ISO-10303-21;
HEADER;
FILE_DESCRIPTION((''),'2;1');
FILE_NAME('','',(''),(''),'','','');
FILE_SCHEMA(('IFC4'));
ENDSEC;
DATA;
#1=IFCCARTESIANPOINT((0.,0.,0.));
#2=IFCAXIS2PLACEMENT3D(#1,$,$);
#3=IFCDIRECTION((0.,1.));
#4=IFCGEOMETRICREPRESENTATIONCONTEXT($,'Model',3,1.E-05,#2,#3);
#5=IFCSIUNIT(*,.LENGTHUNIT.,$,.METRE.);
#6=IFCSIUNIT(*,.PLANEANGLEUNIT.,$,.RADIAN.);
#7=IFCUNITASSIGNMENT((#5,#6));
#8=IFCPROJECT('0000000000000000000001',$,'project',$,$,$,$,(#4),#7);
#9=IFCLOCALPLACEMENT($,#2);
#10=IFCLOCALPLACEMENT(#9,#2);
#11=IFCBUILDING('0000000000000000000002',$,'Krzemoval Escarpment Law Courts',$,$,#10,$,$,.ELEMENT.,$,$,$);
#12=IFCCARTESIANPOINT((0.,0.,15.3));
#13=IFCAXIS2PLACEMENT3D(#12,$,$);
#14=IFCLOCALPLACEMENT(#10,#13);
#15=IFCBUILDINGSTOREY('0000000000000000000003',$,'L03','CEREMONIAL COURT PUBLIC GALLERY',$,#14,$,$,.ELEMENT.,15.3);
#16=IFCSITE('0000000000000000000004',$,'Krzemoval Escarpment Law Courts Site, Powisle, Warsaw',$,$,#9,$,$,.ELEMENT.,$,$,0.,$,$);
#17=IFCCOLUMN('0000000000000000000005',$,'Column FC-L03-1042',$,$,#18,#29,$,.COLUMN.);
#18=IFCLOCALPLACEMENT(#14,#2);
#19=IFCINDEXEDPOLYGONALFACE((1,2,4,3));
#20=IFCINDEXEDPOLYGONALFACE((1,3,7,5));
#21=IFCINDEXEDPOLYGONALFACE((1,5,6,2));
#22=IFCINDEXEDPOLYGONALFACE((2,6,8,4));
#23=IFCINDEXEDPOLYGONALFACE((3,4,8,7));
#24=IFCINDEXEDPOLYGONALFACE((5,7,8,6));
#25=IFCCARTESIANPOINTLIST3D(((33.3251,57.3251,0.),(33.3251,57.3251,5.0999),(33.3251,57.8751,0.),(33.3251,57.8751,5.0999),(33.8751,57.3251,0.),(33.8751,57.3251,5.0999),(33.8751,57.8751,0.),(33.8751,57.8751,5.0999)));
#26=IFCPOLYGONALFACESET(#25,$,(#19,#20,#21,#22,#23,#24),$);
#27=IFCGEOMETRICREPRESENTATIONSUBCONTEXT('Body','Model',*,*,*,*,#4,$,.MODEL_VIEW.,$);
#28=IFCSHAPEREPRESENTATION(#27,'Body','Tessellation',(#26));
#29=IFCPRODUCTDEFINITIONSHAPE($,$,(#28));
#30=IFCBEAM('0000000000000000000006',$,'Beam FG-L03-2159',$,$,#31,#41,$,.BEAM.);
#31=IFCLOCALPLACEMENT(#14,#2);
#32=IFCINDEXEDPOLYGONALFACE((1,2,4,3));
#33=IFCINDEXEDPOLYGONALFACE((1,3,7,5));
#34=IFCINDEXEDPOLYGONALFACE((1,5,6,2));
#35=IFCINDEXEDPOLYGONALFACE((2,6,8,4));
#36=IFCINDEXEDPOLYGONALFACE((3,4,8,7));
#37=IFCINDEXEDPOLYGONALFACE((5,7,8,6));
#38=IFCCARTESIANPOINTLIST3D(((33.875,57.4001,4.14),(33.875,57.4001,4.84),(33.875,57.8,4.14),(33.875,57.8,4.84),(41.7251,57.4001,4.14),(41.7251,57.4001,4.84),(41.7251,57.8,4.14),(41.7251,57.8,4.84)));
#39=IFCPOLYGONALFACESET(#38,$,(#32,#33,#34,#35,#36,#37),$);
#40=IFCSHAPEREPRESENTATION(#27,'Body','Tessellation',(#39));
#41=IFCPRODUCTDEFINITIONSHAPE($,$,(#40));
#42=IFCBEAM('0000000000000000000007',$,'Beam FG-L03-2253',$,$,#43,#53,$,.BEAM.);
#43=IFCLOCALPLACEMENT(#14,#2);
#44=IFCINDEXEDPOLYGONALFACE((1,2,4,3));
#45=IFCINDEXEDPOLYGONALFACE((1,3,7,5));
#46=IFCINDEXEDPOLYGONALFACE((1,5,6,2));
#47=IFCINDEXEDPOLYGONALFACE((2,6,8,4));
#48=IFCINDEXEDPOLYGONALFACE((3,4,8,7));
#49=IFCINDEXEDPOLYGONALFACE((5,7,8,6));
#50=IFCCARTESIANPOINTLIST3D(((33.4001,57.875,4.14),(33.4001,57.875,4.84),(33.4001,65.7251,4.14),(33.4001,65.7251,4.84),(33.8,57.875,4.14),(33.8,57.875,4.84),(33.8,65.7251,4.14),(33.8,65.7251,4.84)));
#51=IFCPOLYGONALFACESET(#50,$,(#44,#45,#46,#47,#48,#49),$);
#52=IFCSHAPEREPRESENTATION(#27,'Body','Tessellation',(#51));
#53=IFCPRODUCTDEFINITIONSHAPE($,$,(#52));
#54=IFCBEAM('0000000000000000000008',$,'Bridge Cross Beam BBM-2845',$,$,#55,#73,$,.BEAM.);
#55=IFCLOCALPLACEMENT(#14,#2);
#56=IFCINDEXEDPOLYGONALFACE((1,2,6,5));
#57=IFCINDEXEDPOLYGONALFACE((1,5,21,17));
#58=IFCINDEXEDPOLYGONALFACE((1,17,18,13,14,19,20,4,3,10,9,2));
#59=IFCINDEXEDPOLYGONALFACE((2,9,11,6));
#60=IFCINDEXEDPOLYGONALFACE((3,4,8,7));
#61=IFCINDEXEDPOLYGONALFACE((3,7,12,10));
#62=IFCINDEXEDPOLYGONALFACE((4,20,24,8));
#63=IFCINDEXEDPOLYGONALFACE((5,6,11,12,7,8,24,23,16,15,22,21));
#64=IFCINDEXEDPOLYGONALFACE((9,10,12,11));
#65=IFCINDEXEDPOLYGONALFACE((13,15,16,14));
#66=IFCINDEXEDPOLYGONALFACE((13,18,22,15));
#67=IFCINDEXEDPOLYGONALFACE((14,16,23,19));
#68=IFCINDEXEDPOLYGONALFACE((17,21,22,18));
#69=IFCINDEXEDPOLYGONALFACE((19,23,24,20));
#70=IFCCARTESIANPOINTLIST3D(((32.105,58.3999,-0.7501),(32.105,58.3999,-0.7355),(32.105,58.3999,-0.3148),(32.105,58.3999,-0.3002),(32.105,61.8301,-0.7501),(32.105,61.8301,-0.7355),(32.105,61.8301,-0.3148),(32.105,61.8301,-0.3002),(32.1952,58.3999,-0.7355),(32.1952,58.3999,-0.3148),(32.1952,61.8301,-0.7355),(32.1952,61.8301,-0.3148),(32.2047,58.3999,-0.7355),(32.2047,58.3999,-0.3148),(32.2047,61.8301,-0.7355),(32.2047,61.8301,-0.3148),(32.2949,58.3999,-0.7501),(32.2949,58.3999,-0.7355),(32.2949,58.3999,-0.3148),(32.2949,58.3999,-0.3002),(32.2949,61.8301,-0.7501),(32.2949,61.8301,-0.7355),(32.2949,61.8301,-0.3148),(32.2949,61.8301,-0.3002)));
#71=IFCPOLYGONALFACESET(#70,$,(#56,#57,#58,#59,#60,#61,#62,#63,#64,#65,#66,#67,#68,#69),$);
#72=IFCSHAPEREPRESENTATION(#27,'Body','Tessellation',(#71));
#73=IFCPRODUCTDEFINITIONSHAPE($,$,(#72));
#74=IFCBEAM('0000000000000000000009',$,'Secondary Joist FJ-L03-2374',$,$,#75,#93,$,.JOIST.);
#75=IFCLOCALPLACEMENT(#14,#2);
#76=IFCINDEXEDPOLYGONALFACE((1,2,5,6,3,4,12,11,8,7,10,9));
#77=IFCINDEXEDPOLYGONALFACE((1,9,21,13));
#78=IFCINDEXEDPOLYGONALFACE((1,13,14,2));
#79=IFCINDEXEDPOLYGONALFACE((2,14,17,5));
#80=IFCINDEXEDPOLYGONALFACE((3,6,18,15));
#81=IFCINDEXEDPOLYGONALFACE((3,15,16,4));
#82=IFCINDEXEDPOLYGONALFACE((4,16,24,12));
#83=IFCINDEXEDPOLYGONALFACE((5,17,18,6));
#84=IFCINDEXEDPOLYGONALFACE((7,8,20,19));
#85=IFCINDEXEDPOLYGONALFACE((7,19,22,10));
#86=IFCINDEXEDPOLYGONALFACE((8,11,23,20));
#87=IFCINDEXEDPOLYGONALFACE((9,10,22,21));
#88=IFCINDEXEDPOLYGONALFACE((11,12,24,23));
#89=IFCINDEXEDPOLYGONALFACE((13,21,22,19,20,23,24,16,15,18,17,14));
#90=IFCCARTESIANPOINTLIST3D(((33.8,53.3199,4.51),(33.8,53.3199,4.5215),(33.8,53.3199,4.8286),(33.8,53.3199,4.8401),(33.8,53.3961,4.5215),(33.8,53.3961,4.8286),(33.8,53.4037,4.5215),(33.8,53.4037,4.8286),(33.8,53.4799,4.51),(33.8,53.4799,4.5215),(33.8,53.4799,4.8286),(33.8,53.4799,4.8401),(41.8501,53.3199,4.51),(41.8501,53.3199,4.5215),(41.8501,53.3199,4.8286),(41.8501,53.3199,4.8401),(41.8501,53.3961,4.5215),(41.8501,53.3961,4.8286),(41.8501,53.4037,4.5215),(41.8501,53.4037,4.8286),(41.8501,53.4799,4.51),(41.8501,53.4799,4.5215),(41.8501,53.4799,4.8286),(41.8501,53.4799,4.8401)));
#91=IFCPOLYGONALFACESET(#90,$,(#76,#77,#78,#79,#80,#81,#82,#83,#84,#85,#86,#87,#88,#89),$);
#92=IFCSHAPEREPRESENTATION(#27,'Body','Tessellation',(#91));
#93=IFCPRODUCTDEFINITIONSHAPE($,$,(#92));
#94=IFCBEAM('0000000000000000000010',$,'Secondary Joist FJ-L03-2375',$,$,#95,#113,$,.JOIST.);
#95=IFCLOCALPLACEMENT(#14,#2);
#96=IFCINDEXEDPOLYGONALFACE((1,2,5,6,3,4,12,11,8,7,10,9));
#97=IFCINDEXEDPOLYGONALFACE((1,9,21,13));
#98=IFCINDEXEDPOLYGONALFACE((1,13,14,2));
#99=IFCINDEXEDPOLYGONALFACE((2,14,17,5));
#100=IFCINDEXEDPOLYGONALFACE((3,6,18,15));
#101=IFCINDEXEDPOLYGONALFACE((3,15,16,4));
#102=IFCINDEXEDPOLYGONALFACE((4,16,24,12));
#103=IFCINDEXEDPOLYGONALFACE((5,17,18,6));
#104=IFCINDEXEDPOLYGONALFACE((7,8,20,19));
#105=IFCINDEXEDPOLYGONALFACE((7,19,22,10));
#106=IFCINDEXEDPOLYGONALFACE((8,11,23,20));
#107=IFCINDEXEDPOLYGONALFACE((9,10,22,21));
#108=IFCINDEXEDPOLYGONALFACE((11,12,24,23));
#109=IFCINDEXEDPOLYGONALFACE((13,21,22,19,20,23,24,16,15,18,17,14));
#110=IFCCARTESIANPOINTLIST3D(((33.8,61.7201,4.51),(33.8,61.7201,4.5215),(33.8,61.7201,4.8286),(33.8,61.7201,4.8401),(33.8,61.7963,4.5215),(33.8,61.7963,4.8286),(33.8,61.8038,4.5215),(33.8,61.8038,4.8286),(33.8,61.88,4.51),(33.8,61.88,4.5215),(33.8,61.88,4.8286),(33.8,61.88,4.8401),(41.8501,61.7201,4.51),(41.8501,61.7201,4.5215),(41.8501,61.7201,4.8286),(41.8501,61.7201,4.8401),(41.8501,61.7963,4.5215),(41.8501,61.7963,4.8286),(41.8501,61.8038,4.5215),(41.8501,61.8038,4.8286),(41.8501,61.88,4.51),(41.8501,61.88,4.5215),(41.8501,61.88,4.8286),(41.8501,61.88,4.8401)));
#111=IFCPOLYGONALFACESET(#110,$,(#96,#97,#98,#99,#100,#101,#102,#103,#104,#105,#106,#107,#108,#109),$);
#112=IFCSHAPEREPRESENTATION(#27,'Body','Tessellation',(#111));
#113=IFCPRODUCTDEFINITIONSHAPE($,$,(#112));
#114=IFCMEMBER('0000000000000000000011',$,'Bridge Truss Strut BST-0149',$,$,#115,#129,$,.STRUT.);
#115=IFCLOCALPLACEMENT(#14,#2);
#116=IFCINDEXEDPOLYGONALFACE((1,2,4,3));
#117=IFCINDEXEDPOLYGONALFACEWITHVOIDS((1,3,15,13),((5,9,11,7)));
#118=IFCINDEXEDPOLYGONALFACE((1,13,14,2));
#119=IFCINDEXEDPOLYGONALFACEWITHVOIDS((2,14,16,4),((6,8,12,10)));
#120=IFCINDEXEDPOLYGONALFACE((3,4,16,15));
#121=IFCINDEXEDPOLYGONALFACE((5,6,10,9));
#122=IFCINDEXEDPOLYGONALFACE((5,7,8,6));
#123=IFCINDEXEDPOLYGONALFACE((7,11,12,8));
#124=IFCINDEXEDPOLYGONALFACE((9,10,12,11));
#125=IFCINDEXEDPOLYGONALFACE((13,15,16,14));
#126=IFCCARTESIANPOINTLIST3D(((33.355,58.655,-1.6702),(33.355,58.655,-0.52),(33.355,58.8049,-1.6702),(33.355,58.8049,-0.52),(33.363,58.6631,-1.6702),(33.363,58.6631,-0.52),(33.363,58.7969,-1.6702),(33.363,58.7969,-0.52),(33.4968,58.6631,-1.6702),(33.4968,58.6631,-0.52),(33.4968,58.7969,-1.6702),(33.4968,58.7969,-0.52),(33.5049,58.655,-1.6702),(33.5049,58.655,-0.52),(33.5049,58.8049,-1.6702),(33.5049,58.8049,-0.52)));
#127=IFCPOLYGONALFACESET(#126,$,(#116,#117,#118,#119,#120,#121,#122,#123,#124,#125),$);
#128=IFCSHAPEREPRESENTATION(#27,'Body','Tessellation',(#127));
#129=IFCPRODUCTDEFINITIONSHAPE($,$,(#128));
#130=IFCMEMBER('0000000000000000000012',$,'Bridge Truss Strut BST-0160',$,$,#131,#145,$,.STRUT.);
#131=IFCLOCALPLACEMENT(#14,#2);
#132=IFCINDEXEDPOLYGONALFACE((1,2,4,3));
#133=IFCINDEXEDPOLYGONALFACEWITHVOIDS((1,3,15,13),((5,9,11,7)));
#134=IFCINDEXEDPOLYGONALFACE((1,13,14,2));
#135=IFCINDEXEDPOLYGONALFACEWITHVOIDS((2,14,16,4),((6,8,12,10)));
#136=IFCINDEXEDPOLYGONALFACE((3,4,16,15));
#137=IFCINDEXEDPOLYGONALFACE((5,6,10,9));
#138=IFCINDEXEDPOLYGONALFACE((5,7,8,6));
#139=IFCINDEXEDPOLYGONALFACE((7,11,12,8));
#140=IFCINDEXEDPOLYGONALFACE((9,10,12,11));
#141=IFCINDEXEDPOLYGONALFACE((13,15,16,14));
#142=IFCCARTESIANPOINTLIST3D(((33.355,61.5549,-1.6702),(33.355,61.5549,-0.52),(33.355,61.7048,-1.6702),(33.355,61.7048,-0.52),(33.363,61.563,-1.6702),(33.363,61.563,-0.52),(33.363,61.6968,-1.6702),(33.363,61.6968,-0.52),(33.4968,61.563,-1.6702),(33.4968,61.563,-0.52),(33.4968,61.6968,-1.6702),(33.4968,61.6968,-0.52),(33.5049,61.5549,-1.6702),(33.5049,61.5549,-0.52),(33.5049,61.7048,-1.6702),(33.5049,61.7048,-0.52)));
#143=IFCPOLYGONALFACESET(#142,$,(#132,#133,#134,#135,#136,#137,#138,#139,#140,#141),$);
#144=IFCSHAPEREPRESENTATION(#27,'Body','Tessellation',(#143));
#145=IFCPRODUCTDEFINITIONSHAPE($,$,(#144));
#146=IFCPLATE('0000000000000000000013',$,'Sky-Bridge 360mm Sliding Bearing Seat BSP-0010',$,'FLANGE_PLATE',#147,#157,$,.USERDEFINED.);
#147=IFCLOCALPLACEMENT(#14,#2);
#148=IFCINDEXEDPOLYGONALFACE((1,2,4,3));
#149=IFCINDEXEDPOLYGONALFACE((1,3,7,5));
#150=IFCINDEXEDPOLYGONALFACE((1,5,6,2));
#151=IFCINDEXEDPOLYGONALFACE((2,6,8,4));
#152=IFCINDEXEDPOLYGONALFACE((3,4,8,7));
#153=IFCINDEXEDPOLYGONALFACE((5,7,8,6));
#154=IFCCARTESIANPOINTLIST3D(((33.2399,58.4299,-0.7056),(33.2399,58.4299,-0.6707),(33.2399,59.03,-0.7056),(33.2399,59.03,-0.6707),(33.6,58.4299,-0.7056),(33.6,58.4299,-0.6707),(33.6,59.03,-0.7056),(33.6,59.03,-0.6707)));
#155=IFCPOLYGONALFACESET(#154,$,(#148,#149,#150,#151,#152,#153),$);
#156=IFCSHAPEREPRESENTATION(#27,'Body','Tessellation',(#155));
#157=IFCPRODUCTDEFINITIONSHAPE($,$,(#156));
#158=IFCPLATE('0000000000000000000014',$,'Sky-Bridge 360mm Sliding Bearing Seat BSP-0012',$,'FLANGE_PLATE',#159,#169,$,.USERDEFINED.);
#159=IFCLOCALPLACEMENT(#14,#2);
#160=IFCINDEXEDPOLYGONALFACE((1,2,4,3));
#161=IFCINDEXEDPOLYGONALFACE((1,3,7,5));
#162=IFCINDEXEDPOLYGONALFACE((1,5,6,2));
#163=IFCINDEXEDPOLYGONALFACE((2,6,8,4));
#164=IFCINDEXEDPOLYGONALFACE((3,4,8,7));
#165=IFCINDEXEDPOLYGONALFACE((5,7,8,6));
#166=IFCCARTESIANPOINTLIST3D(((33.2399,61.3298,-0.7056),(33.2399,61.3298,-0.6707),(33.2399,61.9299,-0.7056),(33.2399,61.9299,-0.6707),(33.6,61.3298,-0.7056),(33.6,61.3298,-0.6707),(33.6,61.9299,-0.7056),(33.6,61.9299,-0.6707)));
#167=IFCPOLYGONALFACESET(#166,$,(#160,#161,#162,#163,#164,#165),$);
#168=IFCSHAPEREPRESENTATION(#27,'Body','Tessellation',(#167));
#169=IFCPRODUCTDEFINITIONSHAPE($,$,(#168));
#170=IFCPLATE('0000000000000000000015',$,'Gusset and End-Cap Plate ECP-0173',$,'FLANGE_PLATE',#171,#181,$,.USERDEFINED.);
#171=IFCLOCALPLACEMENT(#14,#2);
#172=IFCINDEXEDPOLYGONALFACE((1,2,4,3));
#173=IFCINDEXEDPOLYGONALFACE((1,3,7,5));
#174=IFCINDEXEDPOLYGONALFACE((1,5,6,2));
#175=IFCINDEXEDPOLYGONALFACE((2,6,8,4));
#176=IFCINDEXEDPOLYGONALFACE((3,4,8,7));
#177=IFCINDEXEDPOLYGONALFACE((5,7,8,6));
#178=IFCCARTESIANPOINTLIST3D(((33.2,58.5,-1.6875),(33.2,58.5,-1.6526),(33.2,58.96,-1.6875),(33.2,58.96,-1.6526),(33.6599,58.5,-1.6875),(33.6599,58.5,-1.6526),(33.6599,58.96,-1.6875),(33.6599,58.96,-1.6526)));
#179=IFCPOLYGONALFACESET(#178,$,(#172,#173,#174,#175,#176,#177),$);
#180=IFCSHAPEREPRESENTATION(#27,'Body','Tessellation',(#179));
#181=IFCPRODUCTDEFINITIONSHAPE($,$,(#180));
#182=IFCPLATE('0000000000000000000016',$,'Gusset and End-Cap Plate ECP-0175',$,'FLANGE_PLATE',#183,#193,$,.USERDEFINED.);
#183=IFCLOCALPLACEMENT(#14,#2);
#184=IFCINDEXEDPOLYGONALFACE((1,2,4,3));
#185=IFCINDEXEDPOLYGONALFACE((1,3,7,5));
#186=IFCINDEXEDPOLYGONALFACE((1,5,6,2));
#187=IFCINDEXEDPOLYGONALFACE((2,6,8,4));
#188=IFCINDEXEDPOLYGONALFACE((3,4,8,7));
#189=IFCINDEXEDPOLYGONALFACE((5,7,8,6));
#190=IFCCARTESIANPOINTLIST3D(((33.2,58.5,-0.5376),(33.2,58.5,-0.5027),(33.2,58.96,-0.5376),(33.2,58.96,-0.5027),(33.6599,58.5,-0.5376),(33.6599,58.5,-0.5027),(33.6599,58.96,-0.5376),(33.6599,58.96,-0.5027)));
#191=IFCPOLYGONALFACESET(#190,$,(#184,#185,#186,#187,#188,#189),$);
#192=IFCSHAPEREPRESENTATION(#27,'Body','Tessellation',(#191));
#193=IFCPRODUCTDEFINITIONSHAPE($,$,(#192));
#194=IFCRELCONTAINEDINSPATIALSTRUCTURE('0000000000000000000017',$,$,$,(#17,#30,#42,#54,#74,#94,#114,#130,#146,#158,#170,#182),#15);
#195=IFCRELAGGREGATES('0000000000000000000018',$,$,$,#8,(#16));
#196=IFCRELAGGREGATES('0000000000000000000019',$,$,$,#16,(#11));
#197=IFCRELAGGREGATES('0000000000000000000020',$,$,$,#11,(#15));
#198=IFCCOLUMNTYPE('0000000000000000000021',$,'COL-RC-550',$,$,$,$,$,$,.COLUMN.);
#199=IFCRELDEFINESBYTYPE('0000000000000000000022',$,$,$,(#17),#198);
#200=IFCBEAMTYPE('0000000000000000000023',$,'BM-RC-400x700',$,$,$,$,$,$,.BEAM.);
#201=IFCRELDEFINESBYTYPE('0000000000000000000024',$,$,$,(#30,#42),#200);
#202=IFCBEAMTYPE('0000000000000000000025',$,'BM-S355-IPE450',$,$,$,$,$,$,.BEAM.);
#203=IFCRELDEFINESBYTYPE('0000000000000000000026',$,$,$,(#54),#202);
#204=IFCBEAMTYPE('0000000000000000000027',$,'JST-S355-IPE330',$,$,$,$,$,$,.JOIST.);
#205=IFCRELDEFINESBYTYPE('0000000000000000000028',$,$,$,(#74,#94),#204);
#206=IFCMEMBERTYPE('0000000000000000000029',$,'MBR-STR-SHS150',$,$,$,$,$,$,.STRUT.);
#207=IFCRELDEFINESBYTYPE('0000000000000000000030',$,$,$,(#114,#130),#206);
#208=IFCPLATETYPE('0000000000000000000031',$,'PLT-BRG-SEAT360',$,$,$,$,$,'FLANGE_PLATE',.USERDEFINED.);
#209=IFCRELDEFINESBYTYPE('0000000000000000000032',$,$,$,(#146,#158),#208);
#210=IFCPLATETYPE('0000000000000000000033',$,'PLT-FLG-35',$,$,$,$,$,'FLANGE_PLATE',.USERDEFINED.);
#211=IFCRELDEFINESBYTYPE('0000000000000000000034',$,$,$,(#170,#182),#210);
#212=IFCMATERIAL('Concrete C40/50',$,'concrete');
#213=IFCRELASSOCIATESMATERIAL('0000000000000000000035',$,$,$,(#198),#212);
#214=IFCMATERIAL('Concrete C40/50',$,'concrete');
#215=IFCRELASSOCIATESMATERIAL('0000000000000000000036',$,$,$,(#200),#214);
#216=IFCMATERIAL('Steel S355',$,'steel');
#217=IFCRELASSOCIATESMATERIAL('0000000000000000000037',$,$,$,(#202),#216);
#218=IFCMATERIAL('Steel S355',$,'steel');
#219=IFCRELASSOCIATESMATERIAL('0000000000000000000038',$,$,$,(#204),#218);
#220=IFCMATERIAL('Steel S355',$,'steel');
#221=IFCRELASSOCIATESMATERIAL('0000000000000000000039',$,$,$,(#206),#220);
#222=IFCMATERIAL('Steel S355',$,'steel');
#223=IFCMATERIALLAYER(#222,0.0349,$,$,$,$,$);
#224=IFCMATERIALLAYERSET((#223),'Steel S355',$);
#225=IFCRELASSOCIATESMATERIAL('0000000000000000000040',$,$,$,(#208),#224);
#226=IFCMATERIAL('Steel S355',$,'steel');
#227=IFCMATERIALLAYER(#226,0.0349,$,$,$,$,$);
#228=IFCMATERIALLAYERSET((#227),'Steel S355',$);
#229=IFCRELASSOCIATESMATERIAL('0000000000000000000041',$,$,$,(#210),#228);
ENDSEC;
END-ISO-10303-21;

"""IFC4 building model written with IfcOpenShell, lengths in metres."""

from ifc_helpers import new_model, si_unit, direction, frame, origin, origin_2d, place, context, subcontext, project, spatial, rectangle, hollow_rectangle, i_section, extrude, material, layer, layer_set, material_profile, profile_set, type_object, element, save


model = new_model("IFC4")

# Units and contexts
model_context = context("Model", 3, precision=1e-05, world=origin(), true_north=direction((0.0, 1.0)))
body_context = subcontext(model_context, "Body", "Model", "MODEL_VIEW")
ifc_project = project(units=[si_unit("LENGTHUNIT", "METRE"), si_unit("PLANEANGLEUNIT", "RADIAN")], contexts=[model_context])

# Site, building, storey
site_placement = place(None, origin())
site = spatial("IfcSite", under=ifc_project, at=site_placement, Name="Krzemoval Escarpment Law Courts Site, Powisle, Warsaw", CompositionType="ELEMENT", RefElevation=0.0)
building_placement = place(site_placement, origin())
building = spatial("IfcBuilding", under=site, at=building_placement, Name="Krzemoval Escarpment Law Courts", CompositionType="ELEMENT")
storey_placement = place(building_placement, frame((0.0, 0.0, 15.3)))
storey = spatial("IfcBuildingStorey", under=building, at=storey_placement, Name="L03", Description="CEREMONIAL COURT PUBLIC GALLERY", CompositionType="ELEMENT", Elevation=15.3)

# Column
ifc_material_1 = material(Name="Concrete C40/50", Category="concrete")
ifc_material_profile_1 = material_profile(ifc_material_1, rectangle(XDim=0.55, YDim=0.55, at=origin_2d()), Name="RC 550x550")
ifc_profile_set_1 = profile_set([ifc_material_profile_1], Name="Concrete C40/50")
column_type = type_object("IfcColumnType", Name="COL-RC-550", PredefinedType="COLUMN", material=ifc_profile_set_1)
column_placement = place(storey_placement, frame((33.6001, 57.6001, 0.0), z_axis=(0.0, 0.0, 1.0), x_axis=(1.0, 0.0, 0.0)))
element("IfcColumn", 1, at=column_placement, inside=storey, type_object=column_type, Name="Column FC-L03-1042", PredefinedType="COLUMN", context=body_context, shape_type="SweptSolid", body=[
    extrude(rectangle(XDim=0.55, YDim=0.55, at=origin_2d()), origin(), (0.0, 0.0, 1.0), 5.0999),
])

# Beams
ifc_material_2 = material(Name="Concrete C40/50", Category="concrete")
ifc_material_profile_2 = material_profile(ifc_material_2, rectangle(XDim=0.3999, YDim=0.7, at=origin_2d()), Name="RCB 400x700")
ifc_profile_set_2 = profile_set([ifc_material_profile_2], Name="Concrete C40/50")
beam_type_1 = type_object("IfcBeamType", Name="BM-RC-400x700", PredefinedType="BEAM", material=ifc_profile_set_2)
for number, where, z_axis, x_axis, name in (
    (2, (33.875, 57.6001, 4.49), (1.0, 0.0, 0.0), (0.0, 1.0, 0.0), "Beam FG-L03-2159"),
    (3, (33.6001, 57.875, 4.49), (0.0, 1.0, 0.0), (-1.0, 0.0, 0.0), "Beam FG-L03-2253"),
):
    element("IfcBeam", number, at=place(storey_placement, frame(where, z_axis=z_axis, x_axis=x_axis)), inside=storey, type_object=beam_type_1, Name=name, PredefinedType="BEAM", context=body_context, shape_type="SweptSolid", body=[
        extrude(rectangle(XDim=0.3999, YDim=0.7, at=origin_2d()), origin(), (0.0, 0.0, 1.0), 7.8501),
    ])
ifc_material_3 = material(Name="Steel S355", Category="steel")
ifc_material_profile_3 = material_profile(ifc_material_3, i_section(OverallWidth=0.1899, OverallDepth=0.45, WebThickness=0.0095, FlangeThickness=0.0146, at=origin_2d()), Name="IPE 450")
ifc_profile_set_3 = profile_set([ifc_material_profile_3], Name="Steel S355")
beam_type_2 = type_object("IfcBeamType", Name="BM-S355-IPE450", PredefinedType="BEAM", material=ifc_profile_set_3)
beam_placement = place(storey_placement, frame((32.2, 58.3999, -0.5251), z_axis=(0.0, 1.0, 0.0), x_axis=(-1.0, 0.0, 0.0)))
element("IfcBeam", 4, at=beam_placement, inside=storey, type_object=beam_type_2, Name="Bridge Cross Beam BBM-2845", PredefinedType="BEAM", context=body_context, shape_type="SweptSolid", body=[
    extrude(i_section(OverallWidth=0.1899, OverallDepth=0.45, WebThickness=0.0095, FlangeThickness=0.0146, at=origin_2d()), origin(), (0.0, 0.0, 1.0), 3.4302),
])
ifc_material_4 = material(Name="Steel S355", Category="steel")
ifc_material_profile_4 = material_profile(ifc_material_4, i_section(OverallWidth=0.1599, OverallDepth=0.3301, WebThickness=0.0076, FlangeThickness=0.0115, at=origin_2d()), Name="IPE 330")
ifc_profile_set_4 = profile_set([ifc_material_profile_4], Name="Steel S355")
beam_type_3 = type_object("IfcBeamType", Name="JST-S355-IPE330", PredefinedType="JOIST", material=ifc_profile_set_4)
for number, where, z_axis, x_axis, name in (
    (5, (33.8, 53.3999, 4.675), (1.0, 0.0, 0.0), (0.0, 1.0, 0.0), "Secondary Joist FJ-L03-2374"),
    (6, (33.8, 61.8, 4.675), (1.0, 0.0, 0.0), (0.0, 1.0, 0.0), "Secondary Joist FJ-L03-2375"),
):
    element("IfcBeam", number, at=place(storey_placement, frame(where, z_axis=z_axis, x_axis=x_axis)), inside=storey, type_object=beam_type_3, Name=name, PredefinedType="JOIST", context=body_context, shape_type="SweptSolid", body=[
        extrude(i_section(OverallWidth=0.1599, OverallDepth=0.3301, WebThickness=0.0076, FlangeThickness=0.0115, at=origin_2d()), origin(), (0.0, 0.0, 1.0), 8.05),
    ])

# Members
ifc_material_5 = material(Name="Steel S355", Category="steel")
ifc_material_profile_5 = material_profile(ifc_material_5, hollow_rectangle(XDim=0.1499, YDim=0.1499, WallThickness=0.0081, at=origin_2d()), Name="SHS 150x150x8")
ifc_profile_set_5 = profile_set([ifc_material_profile_5], Name="Steel S355")
member_type = type_object("IfcMemberType", Name="MBR-STR-SHS150", PredefinedType="STRUT", material=ifc_profile_set_5)
for number, where, z_axis, x_axis, name in (
    (7, (33.4299, 58.73, -1.6702), (0.0, 0.0, 1.0), (1.0, 0.0, 0.0), "Bridge Truss Strut BST-0149"),
    (8, (33.4299, 61.6299, -1.6702), (0.0, 0.0, 1.0), (1.0, 0.0, 0.0), "Bridge Truss Strut BST-0160"),
):
    element("IfcMember", number, at=place(storey_placement, frame(where, z_axis=z_axis, x_axis=x_axis)), inside=storey, type_object=member_type, Name=name, PredefinedType="STRUT", context=body_context, shape_type="SweptSolid", body=[
        extrude(hollow_rectangle(XDim=0.1499, YDim=0.1499, WallThickness=0.0081, at=origin_2d()), origin(), (0.0, 0.0, 1.0), 1.1501),
    ])

# Plates
ifc_material_6 = material(Name="Steel S355", Category="steel")
ifc_layer_1 = layer(ifc_material_6, 0.0349)
ifc_layer_set_1 = layer_set([ifc_layer_1], Name="Steel S355")
plate_type_1 = type_object("IfcPlateType", Name="PLT-BRG-SEAT360", ElementType="FLANGE_PLATE", PredefinedType="USERDEFINED", material=ifc_layer_set_1)
for number, where, z_axis, x_axis, name in (
    (9, (33.4199, 58.73, -0.7056), (0.0, 0.0, 1.0), (1.0, 0.0, 0.0), "Sky-Bridge 360mm Sliding Bearing Seat BSP-0010"),
    (10, (33.4199, 61.6299, -0.7056), (0.0, 0.0, 1.0), (1.0, 0.0, 0.0), "Sky-Bridge 360mm Sliding Bearing Seat BSP-0012"),
):
    element("IfcPlate", number, at=place(storey_placement, frame(where, z_axis=z_axis, x_axis=x_axis)), inside=storey, type_object=plate_type_1, Name=name, ObjectType="FLANGE_PLATE", PredefinedType="USERDEFINED", context=body_context, shape_type="SweptSolid", body=[
        extrude(rectangle(XDim=0.3601, YDim=0.6001, at=origin_2d()), origin(), (0.0, 0.0, 1.0), 0.0349),
    ])
ifc_material_7 = material(Name="Steel S355", Category="steel")
ifc_layer_2 = layer(ifc_material_7, 0.0349)
ifc_layer_set_2 = layer_set([ifc_layer_2], Name="Steel S355")
plate_type_2 = type_object("IfcPlateType", Name="PLT-FLG-35", ElementType="FLANGE_PLATE", PredefinedType="USERDEFINED", material=ifc_layer_set_2)
for number, where, z_axis, x_axis, name in (
    (11, (33.4299, 58.73, -1.6875), (0.0, 0.0, 1.0), (1.0, 0.0, 0.0), "Gusset and End-Cap Plate ECP-0173"),
    (12, (33.4299, 58.73, -0.5376), (0.0, 0.0, 1.0), (1.0, 0.0, 0.0), "Gusset and End-Cap Plate ECP-0175"),
):
    element("IfcPlate", number, at=place(storey_placement, frame(where, z_axis=z_axis, x_axis=x_axis)), inside=storey, type_object=plate_type_2, Name=name, ObjectType="FLANGE_PLATE", PredefinedType="USERDEFINED", context=body_context, shape_type="SweptSolid", body=[
        extrude(rectangle(XDim=0.46, YDim=0.46, at=origin_2d()), origin(), (0.0, 0.0, 1.0), 0.0349),
    ])

save(model, "model.ifc")
